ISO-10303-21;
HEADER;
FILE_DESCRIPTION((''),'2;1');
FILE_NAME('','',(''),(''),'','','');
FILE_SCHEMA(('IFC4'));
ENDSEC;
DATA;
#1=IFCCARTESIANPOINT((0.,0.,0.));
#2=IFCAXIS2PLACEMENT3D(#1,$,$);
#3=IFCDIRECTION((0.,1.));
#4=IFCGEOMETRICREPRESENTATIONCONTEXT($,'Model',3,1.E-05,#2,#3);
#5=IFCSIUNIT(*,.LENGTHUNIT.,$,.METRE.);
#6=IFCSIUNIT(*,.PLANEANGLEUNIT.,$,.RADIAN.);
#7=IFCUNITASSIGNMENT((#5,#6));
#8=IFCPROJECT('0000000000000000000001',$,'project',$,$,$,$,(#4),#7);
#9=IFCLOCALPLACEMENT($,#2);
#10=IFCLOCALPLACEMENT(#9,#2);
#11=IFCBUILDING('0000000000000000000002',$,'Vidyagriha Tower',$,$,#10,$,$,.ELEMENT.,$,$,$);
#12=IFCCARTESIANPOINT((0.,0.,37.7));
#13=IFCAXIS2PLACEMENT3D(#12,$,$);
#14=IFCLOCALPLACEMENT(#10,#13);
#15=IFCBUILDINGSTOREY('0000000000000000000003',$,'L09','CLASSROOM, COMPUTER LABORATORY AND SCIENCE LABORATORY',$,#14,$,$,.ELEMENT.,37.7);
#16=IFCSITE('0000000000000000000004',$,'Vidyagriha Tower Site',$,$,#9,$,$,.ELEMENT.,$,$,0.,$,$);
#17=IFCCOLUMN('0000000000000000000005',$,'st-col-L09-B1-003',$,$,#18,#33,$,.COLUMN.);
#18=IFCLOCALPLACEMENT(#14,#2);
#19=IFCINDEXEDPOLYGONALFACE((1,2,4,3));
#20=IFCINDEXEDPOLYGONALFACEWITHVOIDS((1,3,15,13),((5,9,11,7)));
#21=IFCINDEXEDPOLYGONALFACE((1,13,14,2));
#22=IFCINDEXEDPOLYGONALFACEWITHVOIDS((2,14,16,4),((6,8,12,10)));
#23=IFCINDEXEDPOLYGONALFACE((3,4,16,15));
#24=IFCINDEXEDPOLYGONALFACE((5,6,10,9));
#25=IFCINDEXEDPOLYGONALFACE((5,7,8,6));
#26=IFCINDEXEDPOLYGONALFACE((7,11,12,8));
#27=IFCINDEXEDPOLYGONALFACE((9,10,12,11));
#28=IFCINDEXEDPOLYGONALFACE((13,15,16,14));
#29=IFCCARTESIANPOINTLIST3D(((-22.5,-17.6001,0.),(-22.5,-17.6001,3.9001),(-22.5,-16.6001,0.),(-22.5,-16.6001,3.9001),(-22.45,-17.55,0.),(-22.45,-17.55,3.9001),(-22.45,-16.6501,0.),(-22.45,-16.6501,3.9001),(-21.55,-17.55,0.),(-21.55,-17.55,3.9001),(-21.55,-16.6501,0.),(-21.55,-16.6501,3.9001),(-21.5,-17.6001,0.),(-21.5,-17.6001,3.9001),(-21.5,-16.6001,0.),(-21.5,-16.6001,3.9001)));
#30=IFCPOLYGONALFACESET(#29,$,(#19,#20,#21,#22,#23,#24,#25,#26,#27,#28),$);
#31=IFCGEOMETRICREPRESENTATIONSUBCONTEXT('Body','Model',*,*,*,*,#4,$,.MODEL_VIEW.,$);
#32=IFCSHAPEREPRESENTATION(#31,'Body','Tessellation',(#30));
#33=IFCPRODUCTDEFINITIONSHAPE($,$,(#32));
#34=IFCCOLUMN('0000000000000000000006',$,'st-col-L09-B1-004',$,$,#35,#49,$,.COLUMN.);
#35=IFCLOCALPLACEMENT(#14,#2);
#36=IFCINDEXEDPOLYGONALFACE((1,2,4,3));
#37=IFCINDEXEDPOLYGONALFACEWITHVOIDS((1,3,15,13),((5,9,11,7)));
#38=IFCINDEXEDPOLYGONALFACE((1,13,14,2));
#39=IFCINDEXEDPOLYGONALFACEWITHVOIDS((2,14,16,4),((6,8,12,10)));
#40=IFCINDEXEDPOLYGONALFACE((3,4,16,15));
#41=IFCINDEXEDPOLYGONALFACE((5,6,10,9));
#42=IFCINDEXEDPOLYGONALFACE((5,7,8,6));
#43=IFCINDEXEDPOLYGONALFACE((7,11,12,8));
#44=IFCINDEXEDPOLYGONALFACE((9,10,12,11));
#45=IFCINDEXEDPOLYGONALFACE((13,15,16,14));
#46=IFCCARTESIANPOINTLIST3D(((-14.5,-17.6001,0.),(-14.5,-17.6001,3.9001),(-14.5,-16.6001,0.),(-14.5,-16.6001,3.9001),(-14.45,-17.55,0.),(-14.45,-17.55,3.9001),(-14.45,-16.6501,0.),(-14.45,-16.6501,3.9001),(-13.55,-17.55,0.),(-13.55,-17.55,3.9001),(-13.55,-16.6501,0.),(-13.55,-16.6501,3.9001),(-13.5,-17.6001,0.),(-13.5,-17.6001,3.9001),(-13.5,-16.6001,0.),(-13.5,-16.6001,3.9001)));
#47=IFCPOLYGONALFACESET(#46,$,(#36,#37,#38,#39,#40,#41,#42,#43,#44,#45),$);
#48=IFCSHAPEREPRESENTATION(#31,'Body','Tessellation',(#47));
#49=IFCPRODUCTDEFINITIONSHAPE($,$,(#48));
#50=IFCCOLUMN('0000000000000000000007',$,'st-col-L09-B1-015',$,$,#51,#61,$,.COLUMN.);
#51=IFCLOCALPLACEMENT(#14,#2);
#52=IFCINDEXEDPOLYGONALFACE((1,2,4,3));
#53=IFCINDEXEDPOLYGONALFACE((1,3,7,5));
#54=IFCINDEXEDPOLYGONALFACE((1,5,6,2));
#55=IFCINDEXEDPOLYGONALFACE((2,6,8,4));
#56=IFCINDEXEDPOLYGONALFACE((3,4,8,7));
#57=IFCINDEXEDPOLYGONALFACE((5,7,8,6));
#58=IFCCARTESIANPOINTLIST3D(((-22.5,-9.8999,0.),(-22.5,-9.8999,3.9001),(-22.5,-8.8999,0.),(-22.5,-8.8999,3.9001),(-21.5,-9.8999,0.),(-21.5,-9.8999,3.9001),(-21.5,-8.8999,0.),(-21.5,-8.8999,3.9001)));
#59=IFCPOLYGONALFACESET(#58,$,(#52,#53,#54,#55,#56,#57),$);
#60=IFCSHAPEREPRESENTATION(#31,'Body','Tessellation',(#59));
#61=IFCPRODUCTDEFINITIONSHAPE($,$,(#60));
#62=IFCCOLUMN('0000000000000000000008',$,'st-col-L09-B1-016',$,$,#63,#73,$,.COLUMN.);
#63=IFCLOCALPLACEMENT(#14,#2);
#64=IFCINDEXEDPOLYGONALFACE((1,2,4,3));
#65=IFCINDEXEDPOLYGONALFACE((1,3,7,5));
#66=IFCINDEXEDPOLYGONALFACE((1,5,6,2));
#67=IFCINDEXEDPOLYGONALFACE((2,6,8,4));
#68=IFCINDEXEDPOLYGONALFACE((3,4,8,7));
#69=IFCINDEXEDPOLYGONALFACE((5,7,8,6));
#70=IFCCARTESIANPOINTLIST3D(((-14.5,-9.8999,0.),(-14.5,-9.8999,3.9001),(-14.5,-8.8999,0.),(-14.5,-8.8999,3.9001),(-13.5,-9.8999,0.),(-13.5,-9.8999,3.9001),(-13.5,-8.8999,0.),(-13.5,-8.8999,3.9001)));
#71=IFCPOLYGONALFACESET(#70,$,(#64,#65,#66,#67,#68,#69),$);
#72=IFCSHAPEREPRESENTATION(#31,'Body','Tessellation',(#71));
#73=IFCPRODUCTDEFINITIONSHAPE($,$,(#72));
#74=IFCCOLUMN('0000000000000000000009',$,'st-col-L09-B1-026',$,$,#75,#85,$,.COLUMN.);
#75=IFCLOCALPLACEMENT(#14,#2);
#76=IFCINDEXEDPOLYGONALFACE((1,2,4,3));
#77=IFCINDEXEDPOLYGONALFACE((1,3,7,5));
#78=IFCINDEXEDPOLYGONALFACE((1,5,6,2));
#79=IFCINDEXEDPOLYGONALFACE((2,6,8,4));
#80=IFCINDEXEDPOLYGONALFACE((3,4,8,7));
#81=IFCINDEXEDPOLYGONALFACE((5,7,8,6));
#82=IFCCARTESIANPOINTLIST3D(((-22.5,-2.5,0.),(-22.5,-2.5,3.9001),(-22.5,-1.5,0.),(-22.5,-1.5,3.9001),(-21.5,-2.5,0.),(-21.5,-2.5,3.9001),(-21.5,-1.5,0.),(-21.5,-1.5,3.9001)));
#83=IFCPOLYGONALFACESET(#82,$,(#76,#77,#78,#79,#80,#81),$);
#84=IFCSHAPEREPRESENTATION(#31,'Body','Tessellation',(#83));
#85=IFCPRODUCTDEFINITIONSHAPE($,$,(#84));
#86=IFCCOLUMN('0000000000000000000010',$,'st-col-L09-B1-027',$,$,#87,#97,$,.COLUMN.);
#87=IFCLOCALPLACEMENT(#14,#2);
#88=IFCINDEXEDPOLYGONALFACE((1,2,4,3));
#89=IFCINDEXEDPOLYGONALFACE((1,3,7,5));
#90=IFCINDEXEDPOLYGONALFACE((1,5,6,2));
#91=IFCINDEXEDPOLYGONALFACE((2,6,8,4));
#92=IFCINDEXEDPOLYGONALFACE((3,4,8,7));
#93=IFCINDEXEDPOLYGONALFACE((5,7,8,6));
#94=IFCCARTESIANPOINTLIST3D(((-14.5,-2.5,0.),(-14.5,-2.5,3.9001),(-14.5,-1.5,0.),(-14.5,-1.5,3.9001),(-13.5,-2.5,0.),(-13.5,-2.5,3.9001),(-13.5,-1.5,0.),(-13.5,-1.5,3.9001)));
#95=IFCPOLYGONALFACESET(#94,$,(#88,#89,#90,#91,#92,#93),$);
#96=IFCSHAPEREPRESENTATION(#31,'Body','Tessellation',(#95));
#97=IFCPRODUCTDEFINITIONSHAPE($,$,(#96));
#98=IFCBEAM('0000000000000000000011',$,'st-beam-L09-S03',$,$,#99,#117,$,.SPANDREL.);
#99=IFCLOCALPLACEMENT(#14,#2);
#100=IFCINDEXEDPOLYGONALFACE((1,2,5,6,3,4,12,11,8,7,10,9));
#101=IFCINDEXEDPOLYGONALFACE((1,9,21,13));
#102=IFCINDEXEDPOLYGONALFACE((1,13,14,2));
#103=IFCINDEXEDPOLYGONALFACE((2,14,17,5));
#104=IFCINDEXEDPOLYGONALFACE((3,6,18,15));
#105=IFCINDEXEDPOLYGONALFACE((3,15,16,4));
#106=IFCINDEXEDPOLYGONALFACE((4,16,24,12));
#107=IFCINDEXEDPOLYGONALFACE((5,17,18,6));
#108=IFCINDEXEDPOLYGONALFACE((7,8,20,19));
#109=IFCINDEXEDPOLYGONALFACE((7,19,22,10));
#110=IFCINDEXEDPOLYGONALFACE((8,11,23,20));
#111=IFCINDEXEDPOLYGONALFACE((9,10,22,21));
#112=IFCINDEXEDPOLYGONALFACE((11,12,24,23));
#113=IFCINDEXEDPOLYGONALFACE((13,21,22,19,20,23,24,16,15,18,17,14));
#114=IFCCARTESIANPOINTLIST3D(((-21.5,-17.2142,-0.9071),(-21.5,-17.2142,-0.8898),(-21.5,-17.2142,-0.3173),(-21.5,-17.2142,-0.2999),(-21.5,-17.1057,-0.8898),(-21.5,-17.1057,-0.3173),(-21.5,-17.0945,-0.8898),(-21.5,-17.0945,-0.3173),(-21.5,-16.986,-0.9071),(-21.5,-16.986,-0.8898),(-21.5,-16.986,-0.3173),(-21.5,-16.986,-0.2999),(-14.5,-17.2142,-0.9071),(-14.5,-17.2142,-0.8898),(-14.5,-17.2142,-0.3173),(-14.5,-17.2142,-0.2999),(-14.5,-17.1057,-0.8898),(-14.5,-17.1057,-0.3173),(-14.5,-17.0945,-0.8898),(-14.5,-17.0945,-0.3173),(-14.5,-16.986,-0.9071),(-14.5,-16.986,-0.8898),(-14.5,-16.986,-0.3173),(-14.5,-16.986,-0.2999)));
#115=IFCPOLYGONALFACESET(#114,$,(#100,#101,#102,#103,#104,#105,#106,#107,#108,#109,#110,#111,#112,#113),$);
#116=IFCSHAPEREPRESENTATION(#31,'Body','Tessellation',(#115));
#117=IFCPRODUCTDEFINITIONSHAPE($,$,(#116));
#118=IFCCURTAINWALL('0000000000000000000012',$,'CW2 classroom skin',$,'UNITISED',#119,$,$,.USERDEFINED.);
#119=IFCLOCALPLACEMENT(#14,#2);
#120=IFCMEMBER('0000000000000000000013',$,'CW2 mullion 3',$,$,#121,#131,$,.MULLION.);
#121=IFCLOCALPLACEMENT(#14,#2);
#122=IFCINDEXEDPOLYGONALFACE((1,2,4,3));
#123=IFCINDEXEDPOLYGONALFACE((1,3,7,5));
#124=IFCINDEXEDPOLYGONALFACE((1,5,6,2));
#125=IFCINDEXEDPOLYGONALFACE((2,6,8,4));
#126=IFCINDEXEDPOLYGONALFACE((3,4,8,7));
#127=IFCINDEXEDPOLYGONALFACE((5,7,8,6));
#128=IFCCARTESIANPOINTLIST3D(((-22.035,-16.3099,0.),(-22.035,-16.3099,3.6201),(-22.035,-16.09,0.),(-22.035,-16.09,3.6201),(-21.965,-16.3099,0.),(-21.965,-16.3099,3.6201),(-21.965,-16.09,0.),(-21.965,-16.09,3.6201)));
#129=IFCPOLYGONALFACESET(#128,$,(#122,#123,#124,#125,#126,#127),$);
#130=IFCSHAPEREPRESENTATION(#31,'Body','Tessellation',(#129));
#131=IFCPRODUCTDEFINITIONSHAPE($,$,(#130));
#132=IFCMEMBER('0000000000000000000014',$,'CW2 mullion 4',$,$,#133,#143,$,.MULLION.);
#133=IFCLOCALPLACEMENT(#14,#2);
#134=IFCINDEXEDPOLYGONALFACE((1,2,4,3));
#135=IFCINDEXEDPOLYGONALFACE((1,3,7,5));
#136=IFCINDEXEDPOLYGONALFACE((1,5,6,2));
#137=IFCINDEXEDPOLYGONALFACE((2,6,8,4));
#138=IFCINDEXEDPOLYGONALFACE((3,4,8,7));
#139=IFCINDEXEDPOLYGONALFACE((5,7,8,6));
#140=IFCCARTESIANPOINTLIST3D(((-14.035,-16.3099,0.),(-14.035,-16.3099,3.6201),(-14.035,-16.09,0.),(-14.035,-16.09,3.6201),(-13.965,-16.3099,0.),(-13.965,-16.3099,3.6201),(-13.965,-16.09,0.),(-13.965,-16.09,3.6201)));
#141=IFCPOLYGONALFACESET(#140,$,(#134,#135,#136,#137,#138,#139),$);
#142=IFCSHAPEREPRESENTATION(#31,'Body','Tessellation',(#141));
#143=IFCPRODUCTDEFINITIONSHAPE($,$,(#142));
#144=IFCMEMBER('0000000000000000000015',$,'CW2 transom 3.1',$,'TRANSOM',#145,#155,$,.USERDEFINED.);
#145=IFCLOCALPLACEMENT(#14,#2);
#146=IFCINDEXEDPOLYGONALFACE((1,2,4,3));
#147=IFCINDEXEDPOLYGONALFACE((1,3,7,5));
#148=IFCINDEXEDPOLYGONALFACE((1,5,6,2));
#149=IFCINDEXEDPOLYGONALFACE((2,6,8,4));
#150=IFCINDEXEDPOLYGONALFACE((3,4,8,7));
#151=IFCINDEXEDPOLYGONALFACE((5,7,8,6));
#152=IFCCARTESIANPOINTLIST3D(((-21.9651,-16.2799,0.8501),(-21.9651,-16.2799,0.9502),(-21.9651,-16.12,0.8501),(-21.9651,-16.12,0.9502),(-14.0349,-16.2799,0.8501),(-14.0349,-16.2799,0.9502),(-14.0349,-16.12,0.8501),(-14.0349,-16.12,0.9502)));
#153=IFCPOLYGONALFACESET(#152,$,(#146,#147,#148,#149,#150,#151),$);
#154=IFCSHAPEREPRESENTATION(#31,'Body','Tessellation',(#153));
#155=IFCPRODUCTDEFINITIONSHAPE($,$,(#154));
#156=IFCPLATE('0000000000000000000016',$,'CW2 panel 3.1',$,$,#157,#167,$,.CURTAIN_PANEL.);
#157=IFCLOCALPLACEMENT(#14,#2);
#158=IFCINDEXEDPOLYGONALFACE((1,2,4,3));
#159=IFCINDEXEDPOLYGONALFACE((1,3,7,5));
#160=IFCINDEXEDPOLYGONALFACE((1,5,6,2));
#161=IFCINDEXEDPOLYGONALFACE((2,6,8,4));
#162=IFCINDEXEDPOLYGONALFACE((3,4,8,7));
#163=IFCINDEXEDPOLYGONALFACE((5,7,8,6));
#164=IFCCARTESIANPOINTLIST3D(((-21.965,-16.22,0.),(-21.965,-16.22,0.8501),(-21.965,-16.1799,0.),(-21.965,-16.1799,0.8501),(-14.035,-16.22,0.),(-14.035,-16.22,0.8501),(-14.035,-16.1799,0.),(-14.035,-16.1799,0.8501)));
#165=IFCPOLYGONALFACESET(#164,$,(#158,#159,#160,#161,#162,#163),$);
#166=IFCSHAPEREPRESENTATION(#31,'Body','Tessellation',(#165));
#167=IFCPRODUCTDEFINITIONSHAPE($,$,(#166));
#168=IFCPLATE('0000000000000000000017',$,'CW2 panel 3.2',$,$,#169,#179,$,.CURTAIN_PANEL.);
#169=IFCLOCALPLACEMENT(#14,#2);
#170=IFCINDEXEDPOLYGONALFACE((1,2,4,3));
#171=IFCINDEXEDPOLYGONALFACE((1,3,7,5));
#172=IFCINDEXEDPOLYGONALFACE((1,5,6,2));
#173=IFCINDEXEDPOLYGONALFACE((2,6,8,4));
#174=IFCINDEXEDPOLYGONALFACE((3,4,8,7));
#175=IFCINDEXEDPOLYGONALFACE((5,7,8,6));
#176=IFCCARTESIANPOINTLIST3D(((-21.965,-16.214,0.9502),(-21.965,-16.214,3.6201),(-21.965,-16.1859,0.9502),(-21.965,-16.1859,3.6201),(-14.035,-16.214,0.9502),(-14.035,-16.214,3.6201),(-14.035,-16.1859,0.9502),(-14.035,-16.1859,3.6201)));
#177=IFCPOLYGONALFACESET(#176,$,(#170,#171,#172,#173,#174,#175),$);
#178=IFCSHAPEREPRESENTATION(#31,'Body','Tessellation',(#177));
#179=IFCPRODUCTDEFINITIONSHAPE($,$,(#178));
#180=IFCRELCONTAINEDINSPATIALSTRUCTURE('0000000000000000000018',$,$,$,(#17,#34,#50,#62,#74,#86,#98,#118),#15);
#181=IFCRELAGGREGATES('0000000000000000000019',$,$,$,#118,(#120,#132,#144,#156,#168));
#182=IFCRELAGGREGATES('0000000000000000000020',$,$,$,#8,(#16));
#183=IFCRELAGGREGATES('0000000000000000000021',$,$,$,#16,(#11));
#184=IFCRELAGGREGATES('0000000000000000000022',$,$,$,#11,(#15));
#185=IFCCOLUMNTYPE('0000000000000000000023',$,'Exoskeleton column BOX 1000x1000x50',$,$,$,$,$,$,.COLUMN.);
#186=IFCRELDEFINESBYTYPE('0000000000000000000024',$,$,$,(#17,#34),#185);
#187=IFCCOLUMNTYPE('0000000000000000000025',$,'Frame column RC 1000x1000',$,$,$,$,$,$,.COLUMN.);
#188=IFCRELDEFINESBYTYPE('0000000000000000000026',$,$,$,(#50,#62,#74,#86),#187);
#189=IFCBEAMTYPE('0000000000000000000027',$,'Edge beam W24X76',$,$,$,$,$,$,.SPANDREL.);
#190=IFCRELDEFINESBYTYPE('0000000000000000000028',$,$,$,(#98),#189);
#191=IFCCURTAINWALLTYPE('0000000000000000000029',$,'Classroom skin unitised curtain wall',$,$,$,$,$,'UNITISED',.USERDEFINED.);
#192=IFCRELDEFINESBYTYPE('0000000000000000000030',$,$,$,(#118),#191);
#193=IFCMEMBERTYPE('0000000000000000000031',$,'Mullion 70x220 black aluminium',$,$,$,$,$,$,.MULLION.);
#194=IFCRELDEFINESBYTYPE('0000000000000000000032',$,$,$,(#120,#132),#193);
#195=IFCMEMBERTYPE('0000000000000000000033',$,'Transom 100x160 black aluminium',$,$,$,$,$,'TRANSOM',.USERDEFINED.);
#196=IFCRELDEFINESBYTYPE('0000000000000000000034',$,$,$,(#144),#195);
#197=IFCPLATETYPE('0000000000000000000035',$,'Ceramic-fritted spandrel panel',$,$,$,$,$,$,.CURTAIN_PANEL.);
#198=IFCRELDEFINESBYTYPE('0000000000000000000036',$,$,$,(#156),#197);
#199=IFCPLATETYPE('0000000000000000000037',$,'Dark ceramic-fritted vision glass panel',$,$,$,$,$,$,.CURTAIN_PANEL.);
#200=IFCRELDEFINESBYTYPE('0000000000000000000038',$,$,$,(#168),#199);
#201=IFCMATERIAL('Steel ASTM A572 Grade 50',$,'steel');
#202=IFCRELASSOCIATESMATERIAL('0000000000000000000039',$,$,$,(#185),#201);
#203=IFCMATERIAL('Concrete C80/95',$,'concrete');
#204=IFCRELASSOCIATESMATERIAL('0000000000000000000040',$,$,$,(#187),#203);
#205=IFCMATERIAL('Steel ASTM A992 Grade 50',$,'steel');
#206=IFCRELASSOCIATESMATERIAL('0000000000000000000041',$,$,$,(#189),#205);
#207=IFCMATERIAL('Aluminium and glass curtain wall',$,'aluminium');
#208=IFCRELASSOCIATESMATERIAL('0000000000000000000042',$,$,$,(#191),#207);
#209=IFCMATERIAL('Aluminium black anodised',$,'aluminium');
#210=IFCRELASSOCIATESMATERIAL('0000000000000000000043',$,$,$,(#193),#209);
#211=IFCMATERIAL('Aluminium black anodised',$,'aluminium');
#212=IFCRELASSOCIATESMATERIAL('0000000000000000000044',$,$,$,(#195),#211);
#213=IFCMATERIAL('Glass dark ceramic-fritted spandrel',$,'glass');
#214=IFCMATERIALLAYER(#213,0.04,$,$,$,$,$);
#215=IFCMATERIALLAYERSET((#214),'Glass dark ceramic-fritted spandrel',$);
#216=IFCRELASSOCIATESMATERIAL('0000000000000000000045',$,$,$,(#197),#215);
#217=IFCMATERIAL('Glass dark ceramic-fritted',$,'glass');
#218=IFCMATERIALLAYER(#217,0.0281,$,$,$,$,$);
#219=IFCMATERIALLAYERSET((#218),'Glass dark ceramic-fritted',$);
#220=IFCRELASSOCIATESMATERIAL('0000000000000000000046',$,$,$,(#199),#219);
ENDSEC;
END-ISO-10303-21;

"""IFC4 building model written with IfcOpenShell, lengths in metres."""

from ifc_helpers import new_model, si_unit, direction, frame, origin, origin_2d, place, context, subcontext, project, spatial, rectangle, hollow_rectangle, i_section, extrude, material, layer, layer_set, material_profile, profile_set, type_object, element, aggregate, save


model = new_model("IFC4")

# Units and contexts
model_context = context("Model", 3, precision=1e-05, world=origin(), true_north=direction((0.0, 1.0)))
body_context = subcontext(model_context, "Body", "Model", "MODEL_VIEW")
ifc_project = project(units=[si_unit("LENGTHUNIT", "METRE"), si_unit("PLANEANGLEUNIT", "RADIAN")], contexts=[model_context])

# Site, building, storey
site_placement = place(None, origin())
site = spatial("IfcSite", under=ifc_project, at=site_placement, Name="Vidyagriha Tower Site", CompositionType="ELEMENT", RefElevation=0.0)
building_placement = place(site_placement, origin())
building = spatial("IfcBuilding", under=site, at=building_placement, Name="Vidyagriha Tower", CompositionType="ELEMENT")
storey_placement = place(building_placement, frame((0.0, 0.0, 37.7)))
storey = spatial("IfcBuildingStorey", under=building, at=storey_placement, Name="L09", Description="CLASSROOM, COMPUTER LABORATORY AND SCIENCE LABORATORY", CompositionType="ELEMENT", Elevation=37.7)

# Columns
ifc_material_1 = material(Name="Steel ASTM A572 Grade 50", Category="steel")
ifc_material_profile_1 = material_profile(ifc_material_1, hollow_rectangle(XDim=1.0, YDim=1.0, WallThickness=0.05, at=origin_2d()), Name="BOX 1000x1000x50")
ifc_profile_set_1 = profile_set([ifc_material_profile_1], Name="Steel ASTM A572 Grade 50")
column_type_1 = type_object("IfcColumnType", Name="Exoskeleton column BOX 1000x1000x50", PredefinedType="COLUMN", material=ifc_profile_set_1)
for number, where, name in (
    (1, (-22.0, -17.1001, 0.0), "st-col-L09-B1-003"),
    (2, (-14.0, -17.1001, 0.0), "st-col-L09-B1-004"),
):
    element("IfcColumn", number, at=place(storey_placement, frame(where)), inside=storey, type_object=column_type_1, Name=name, PredefinedType="COLUMN", context=body_context, shape_type="SweptSolid", body=[
        extrude(hollow_rectangle(XDim=1.0, YDim=1.0, WallThickness=0.05, at=origin_2d()), origin(), (0.0, 0.0, 1.0), 3.9001),
    ])
ifc_material_2 = material(Name="Concrete C80/95", Category="concrete")
ifc_material_profile_2 = material_profile(ifc_material_2, rectangle(XDim=1.0, YDim=1.0, at=origin_2d()), Name="RC 1000x1000")
ifc_profile_set_2 = profile_set([ifc_material_profile_2], Name="Concrete C80/95")
column_type_2 = type_object("IfcColumnType", Name="Frame column RC 1000x1000", PredefinedType="COLUMN", material=ifc_profile_set_2)
for number, where, name in (
    (3, (-22.0, -9.3999, 0.0), "st-col-L09-B1-015"),
    (4, (-14.0, -9.3999, 0.0), "st-col-L09-B1-016"),
    (5, (-22.0, -2.0, 0.0), "st-col-L09-B1-026"),
    (6, (-14.0, -2.0, 0.0), "st-col-L09-B1-027"),
):
    element("IfcColumn", number, at=place(storey_placement, frame(where)), inside=storey, type_object=column_type_2, Name=name, PredefinedType="COLUMN", context=body_context, shape_type="SweptSolid", body=[
        extrude(rectangle(XDim=1.0, YDim=1.0, at=origin_2d()), origin(), (0.0, 0.0, 1.0), 3.9001),
    ])

# Beam
ifc_material_3 = material(Name="Steel ASTM A992 Grade 50", Category="steel")
ifc_material_profile_3 = material_profile(ifc_material_3, i_section(OverallWidth=0.2283, OverallDepth=0.6072, WebThickness=0.0112, FlangeThickness=0.0173, at=origin_2d()), Name="W24X76")
ifc_profile_set_3 = profile_set([ifc_material_profile_3], Name="Steel ASTM A992 Grade 50")
beam_type = type_object("IfcBeamType", Name="Edge beam W24X76", PredefinedType="SPANDREL", material=ifc_profile_set_3)
beam_placement = place(storey_placement, frame((-21.5, -17.1001, -0.6035), z_axis=(1.0, 0.0, 0.0), x_axis=(0.0, 1.0, 0.0)))
element("IfcBeam", 7, at=beam_placement, inside=storey, type_object=beam_type, Name="st-beam-L09-S03", PredefinedType="SPANDREL", context=body_context, shape_type="SweptSolid", body=[
    extrude(i_section(OverallWidth=0.2283, OverallDepth=0.6072, WebThickness=0.0112, FlangeThickness=0.0173, at=origin_2d()), origin(), (0.0, 0.0, 1.0), 7.0),
])

# Curtain wall, members, plates
ifc_material_4 = material(Name="Aluminium and glass curtain wall", Category="aluminium")
curtain_wall_type = type_object("IfcCurtainWallType", Name="Classroom skin unitised curtain wall", ElementType="UNITISED", PredefinedType="USERDEFINED", material=ifc_material_4)
curtain_wall_placement = place(storey_placement, origin())
curtain_wall = element("IfcCurtainWall", 8, at=curtain_wall_placement, inside=storey, type_object=curtain_wall_type, Name="CW2 classroom skin", ObjectType="UNITISED", PredefinedType="USERDEFINED")
ifc_material_5 = material(Name="Aluminium black anodised", Category="aluminium")
ifc_material_profile_4 = material_profile(ifc_material_5, rectangle(XDim=0.22, YDim=0.0701, at=origin_2d()), Name="Mullion 70x220 black aluminium")
ifc_profile_set_4 = profile_set([ifc_material_profile_4], Name="Aluminium black anodised")
member_type_1 = type_object("IfcMemberType", Name="Mullion 70x220 black aluminium", PredefinedType="MULLION", material=ifc_profile_set_4)
member_1_placement = place(storey_placement, frame((-22.0, -16.2, 0.0), z_axis=(0.0, 0.0, 1.0), x_axis=(0.0, 1.0, 0.0)))
member_1 = element("IfcMember", 9, at=member_1_placement, type_object=member_type_1, Name="CW2 mullion 3", PredefinedType="MULLION", context=body_context, shape_type="SweptSolid", body=[
    extrude(rectangle(XDim=0.22, YDim=0.0701, at=origin_2d()), origin(), (0.0, 0.0, 1.0), 3.6201),
])
member_2_placement = place(storey_placement, frame((-14.0, -16.2, 0.0), z_axis=(0.0, 0.0, 1.0), x_axis=(0.0, 1.0, 0.0)))
member_2 = element("IfcMember", 10, at=member_2_placement, type_object=member_type_1, Name="CW2 mullion 4", PredefinedType="MULLION", context=body_context, shape_type="SweptSolid", body=[
    extrude(rectangle(XDim=0.22, YDim=0.0701, at=origin_2d()), origin(), (0.0, 0.0, 1.0), 3.6201),
])
ifc_material_6 = material(Name="Aluminium black anodised", Category="aluminium")
ifc_material_profile_5 = material_profile(ifc_material_6, rectangle(XDim=0.1599, YDim=0.1001, at=origin_2d()), Name="Transom 100x160 black aluminium")
ifc_profile_set_5 = profile_set([ifc_material_profile_5], Name="Aluminium black anodised")
member_type_2 = type_object("IfcMemberType", Name="Transom 100x160 black aluminium", ElementType="TRANSOM", PredefinedType="USERDEFINED", material=ifc_profile_set_5)
member_3_placement = place(storey_placement, frame((-21.9651, -16.2, 0.9001), z_axis=(1.0, 0.0, 0.0), x_axis=(0.0, 1.0, 0.0)))
member_3 = element("IfcMember", 11, at=member_3_placement, type_object=member_type_2, Name="CW2 transom 3.1", ObjectType="TRANSOM", PredefinedType="USERDEFINED", context=body_context, shape_type="SweptSolid", body=[
    extrude(rectangle(XDim=0.1599, YDim=0.1001, at=origin_2d()), origin(), (0.0, 0.0, 1.0), 7.9302),
])
ifc_material_7 = material(Name="Glass dark ceramic-fritted spandrel", Category="glass")
ifc_layer_1 = layer(ifc_material_7, 0.04)
ifc_layer_set_1 = layer_set([ifc_layer_1], Name="Glass dark ceramic-fritted spandrel")
plate_type_1 = type_object("IfcPlateType", Name="Ceramic-fritted spandrel panel", PredefinedType="CURTAIN_PANEL", material=ifc_layer_set_1)
plate_1_placement = place(storey_placement, frame((-18.0, -16.2, 0.0)))
plate_1 = element("IfcPlate", 12, at=plate_1_placement, type_object=plate_type_1, Name="CW2 panel 3.1", PredefinedType="CURTAIN_PANEL", context=body_context, shape_type="SweptSolid", body=[
    extrude(rectangle(XDim=7.9299, YDim=0.04, at=origin_2d()), origin(), (0.0, 0.0, 1.0), 0.8501),
])
ifc_material_8 = material(Name="Glass dark ceramic-fritted", Category="glass")
ifc_layer_2 = layer(ifc_material_8, 0.0281)
ifc_layer_set_2 = layer_set([ifc_layer_2], Name="Glass dark ceramic-fritted")
plate_type_2 = type_object("IfcPlateType", Name="Dark ceramic-fritted vision glass panel", PredefinedType="CURTAIN_PANEL", material=ifc_layer_set_2)
plate_2_placement = place(storey_placement, frame((-18.0, -16.2, 0.9502)))
plate_2 = element("IfcPlate", 13, at=plate_2_placement, type_object=plate_type_2, Name="CW2 panel 3.2", PredefinedType="CURTAIN_PANEL", context=body_context, shape_type="SweptSolid", body=[
    extrude(rectangle(XDim=7.9299, YDim=0.0281, at=origin_2d()), origin(), (0.0, 0.0, 1.0), 2.6699),
])
aggregate(curtain_wall, [member_1, member_2, member_3, plate_1, plate_2])

save(model, "model.ifc")
